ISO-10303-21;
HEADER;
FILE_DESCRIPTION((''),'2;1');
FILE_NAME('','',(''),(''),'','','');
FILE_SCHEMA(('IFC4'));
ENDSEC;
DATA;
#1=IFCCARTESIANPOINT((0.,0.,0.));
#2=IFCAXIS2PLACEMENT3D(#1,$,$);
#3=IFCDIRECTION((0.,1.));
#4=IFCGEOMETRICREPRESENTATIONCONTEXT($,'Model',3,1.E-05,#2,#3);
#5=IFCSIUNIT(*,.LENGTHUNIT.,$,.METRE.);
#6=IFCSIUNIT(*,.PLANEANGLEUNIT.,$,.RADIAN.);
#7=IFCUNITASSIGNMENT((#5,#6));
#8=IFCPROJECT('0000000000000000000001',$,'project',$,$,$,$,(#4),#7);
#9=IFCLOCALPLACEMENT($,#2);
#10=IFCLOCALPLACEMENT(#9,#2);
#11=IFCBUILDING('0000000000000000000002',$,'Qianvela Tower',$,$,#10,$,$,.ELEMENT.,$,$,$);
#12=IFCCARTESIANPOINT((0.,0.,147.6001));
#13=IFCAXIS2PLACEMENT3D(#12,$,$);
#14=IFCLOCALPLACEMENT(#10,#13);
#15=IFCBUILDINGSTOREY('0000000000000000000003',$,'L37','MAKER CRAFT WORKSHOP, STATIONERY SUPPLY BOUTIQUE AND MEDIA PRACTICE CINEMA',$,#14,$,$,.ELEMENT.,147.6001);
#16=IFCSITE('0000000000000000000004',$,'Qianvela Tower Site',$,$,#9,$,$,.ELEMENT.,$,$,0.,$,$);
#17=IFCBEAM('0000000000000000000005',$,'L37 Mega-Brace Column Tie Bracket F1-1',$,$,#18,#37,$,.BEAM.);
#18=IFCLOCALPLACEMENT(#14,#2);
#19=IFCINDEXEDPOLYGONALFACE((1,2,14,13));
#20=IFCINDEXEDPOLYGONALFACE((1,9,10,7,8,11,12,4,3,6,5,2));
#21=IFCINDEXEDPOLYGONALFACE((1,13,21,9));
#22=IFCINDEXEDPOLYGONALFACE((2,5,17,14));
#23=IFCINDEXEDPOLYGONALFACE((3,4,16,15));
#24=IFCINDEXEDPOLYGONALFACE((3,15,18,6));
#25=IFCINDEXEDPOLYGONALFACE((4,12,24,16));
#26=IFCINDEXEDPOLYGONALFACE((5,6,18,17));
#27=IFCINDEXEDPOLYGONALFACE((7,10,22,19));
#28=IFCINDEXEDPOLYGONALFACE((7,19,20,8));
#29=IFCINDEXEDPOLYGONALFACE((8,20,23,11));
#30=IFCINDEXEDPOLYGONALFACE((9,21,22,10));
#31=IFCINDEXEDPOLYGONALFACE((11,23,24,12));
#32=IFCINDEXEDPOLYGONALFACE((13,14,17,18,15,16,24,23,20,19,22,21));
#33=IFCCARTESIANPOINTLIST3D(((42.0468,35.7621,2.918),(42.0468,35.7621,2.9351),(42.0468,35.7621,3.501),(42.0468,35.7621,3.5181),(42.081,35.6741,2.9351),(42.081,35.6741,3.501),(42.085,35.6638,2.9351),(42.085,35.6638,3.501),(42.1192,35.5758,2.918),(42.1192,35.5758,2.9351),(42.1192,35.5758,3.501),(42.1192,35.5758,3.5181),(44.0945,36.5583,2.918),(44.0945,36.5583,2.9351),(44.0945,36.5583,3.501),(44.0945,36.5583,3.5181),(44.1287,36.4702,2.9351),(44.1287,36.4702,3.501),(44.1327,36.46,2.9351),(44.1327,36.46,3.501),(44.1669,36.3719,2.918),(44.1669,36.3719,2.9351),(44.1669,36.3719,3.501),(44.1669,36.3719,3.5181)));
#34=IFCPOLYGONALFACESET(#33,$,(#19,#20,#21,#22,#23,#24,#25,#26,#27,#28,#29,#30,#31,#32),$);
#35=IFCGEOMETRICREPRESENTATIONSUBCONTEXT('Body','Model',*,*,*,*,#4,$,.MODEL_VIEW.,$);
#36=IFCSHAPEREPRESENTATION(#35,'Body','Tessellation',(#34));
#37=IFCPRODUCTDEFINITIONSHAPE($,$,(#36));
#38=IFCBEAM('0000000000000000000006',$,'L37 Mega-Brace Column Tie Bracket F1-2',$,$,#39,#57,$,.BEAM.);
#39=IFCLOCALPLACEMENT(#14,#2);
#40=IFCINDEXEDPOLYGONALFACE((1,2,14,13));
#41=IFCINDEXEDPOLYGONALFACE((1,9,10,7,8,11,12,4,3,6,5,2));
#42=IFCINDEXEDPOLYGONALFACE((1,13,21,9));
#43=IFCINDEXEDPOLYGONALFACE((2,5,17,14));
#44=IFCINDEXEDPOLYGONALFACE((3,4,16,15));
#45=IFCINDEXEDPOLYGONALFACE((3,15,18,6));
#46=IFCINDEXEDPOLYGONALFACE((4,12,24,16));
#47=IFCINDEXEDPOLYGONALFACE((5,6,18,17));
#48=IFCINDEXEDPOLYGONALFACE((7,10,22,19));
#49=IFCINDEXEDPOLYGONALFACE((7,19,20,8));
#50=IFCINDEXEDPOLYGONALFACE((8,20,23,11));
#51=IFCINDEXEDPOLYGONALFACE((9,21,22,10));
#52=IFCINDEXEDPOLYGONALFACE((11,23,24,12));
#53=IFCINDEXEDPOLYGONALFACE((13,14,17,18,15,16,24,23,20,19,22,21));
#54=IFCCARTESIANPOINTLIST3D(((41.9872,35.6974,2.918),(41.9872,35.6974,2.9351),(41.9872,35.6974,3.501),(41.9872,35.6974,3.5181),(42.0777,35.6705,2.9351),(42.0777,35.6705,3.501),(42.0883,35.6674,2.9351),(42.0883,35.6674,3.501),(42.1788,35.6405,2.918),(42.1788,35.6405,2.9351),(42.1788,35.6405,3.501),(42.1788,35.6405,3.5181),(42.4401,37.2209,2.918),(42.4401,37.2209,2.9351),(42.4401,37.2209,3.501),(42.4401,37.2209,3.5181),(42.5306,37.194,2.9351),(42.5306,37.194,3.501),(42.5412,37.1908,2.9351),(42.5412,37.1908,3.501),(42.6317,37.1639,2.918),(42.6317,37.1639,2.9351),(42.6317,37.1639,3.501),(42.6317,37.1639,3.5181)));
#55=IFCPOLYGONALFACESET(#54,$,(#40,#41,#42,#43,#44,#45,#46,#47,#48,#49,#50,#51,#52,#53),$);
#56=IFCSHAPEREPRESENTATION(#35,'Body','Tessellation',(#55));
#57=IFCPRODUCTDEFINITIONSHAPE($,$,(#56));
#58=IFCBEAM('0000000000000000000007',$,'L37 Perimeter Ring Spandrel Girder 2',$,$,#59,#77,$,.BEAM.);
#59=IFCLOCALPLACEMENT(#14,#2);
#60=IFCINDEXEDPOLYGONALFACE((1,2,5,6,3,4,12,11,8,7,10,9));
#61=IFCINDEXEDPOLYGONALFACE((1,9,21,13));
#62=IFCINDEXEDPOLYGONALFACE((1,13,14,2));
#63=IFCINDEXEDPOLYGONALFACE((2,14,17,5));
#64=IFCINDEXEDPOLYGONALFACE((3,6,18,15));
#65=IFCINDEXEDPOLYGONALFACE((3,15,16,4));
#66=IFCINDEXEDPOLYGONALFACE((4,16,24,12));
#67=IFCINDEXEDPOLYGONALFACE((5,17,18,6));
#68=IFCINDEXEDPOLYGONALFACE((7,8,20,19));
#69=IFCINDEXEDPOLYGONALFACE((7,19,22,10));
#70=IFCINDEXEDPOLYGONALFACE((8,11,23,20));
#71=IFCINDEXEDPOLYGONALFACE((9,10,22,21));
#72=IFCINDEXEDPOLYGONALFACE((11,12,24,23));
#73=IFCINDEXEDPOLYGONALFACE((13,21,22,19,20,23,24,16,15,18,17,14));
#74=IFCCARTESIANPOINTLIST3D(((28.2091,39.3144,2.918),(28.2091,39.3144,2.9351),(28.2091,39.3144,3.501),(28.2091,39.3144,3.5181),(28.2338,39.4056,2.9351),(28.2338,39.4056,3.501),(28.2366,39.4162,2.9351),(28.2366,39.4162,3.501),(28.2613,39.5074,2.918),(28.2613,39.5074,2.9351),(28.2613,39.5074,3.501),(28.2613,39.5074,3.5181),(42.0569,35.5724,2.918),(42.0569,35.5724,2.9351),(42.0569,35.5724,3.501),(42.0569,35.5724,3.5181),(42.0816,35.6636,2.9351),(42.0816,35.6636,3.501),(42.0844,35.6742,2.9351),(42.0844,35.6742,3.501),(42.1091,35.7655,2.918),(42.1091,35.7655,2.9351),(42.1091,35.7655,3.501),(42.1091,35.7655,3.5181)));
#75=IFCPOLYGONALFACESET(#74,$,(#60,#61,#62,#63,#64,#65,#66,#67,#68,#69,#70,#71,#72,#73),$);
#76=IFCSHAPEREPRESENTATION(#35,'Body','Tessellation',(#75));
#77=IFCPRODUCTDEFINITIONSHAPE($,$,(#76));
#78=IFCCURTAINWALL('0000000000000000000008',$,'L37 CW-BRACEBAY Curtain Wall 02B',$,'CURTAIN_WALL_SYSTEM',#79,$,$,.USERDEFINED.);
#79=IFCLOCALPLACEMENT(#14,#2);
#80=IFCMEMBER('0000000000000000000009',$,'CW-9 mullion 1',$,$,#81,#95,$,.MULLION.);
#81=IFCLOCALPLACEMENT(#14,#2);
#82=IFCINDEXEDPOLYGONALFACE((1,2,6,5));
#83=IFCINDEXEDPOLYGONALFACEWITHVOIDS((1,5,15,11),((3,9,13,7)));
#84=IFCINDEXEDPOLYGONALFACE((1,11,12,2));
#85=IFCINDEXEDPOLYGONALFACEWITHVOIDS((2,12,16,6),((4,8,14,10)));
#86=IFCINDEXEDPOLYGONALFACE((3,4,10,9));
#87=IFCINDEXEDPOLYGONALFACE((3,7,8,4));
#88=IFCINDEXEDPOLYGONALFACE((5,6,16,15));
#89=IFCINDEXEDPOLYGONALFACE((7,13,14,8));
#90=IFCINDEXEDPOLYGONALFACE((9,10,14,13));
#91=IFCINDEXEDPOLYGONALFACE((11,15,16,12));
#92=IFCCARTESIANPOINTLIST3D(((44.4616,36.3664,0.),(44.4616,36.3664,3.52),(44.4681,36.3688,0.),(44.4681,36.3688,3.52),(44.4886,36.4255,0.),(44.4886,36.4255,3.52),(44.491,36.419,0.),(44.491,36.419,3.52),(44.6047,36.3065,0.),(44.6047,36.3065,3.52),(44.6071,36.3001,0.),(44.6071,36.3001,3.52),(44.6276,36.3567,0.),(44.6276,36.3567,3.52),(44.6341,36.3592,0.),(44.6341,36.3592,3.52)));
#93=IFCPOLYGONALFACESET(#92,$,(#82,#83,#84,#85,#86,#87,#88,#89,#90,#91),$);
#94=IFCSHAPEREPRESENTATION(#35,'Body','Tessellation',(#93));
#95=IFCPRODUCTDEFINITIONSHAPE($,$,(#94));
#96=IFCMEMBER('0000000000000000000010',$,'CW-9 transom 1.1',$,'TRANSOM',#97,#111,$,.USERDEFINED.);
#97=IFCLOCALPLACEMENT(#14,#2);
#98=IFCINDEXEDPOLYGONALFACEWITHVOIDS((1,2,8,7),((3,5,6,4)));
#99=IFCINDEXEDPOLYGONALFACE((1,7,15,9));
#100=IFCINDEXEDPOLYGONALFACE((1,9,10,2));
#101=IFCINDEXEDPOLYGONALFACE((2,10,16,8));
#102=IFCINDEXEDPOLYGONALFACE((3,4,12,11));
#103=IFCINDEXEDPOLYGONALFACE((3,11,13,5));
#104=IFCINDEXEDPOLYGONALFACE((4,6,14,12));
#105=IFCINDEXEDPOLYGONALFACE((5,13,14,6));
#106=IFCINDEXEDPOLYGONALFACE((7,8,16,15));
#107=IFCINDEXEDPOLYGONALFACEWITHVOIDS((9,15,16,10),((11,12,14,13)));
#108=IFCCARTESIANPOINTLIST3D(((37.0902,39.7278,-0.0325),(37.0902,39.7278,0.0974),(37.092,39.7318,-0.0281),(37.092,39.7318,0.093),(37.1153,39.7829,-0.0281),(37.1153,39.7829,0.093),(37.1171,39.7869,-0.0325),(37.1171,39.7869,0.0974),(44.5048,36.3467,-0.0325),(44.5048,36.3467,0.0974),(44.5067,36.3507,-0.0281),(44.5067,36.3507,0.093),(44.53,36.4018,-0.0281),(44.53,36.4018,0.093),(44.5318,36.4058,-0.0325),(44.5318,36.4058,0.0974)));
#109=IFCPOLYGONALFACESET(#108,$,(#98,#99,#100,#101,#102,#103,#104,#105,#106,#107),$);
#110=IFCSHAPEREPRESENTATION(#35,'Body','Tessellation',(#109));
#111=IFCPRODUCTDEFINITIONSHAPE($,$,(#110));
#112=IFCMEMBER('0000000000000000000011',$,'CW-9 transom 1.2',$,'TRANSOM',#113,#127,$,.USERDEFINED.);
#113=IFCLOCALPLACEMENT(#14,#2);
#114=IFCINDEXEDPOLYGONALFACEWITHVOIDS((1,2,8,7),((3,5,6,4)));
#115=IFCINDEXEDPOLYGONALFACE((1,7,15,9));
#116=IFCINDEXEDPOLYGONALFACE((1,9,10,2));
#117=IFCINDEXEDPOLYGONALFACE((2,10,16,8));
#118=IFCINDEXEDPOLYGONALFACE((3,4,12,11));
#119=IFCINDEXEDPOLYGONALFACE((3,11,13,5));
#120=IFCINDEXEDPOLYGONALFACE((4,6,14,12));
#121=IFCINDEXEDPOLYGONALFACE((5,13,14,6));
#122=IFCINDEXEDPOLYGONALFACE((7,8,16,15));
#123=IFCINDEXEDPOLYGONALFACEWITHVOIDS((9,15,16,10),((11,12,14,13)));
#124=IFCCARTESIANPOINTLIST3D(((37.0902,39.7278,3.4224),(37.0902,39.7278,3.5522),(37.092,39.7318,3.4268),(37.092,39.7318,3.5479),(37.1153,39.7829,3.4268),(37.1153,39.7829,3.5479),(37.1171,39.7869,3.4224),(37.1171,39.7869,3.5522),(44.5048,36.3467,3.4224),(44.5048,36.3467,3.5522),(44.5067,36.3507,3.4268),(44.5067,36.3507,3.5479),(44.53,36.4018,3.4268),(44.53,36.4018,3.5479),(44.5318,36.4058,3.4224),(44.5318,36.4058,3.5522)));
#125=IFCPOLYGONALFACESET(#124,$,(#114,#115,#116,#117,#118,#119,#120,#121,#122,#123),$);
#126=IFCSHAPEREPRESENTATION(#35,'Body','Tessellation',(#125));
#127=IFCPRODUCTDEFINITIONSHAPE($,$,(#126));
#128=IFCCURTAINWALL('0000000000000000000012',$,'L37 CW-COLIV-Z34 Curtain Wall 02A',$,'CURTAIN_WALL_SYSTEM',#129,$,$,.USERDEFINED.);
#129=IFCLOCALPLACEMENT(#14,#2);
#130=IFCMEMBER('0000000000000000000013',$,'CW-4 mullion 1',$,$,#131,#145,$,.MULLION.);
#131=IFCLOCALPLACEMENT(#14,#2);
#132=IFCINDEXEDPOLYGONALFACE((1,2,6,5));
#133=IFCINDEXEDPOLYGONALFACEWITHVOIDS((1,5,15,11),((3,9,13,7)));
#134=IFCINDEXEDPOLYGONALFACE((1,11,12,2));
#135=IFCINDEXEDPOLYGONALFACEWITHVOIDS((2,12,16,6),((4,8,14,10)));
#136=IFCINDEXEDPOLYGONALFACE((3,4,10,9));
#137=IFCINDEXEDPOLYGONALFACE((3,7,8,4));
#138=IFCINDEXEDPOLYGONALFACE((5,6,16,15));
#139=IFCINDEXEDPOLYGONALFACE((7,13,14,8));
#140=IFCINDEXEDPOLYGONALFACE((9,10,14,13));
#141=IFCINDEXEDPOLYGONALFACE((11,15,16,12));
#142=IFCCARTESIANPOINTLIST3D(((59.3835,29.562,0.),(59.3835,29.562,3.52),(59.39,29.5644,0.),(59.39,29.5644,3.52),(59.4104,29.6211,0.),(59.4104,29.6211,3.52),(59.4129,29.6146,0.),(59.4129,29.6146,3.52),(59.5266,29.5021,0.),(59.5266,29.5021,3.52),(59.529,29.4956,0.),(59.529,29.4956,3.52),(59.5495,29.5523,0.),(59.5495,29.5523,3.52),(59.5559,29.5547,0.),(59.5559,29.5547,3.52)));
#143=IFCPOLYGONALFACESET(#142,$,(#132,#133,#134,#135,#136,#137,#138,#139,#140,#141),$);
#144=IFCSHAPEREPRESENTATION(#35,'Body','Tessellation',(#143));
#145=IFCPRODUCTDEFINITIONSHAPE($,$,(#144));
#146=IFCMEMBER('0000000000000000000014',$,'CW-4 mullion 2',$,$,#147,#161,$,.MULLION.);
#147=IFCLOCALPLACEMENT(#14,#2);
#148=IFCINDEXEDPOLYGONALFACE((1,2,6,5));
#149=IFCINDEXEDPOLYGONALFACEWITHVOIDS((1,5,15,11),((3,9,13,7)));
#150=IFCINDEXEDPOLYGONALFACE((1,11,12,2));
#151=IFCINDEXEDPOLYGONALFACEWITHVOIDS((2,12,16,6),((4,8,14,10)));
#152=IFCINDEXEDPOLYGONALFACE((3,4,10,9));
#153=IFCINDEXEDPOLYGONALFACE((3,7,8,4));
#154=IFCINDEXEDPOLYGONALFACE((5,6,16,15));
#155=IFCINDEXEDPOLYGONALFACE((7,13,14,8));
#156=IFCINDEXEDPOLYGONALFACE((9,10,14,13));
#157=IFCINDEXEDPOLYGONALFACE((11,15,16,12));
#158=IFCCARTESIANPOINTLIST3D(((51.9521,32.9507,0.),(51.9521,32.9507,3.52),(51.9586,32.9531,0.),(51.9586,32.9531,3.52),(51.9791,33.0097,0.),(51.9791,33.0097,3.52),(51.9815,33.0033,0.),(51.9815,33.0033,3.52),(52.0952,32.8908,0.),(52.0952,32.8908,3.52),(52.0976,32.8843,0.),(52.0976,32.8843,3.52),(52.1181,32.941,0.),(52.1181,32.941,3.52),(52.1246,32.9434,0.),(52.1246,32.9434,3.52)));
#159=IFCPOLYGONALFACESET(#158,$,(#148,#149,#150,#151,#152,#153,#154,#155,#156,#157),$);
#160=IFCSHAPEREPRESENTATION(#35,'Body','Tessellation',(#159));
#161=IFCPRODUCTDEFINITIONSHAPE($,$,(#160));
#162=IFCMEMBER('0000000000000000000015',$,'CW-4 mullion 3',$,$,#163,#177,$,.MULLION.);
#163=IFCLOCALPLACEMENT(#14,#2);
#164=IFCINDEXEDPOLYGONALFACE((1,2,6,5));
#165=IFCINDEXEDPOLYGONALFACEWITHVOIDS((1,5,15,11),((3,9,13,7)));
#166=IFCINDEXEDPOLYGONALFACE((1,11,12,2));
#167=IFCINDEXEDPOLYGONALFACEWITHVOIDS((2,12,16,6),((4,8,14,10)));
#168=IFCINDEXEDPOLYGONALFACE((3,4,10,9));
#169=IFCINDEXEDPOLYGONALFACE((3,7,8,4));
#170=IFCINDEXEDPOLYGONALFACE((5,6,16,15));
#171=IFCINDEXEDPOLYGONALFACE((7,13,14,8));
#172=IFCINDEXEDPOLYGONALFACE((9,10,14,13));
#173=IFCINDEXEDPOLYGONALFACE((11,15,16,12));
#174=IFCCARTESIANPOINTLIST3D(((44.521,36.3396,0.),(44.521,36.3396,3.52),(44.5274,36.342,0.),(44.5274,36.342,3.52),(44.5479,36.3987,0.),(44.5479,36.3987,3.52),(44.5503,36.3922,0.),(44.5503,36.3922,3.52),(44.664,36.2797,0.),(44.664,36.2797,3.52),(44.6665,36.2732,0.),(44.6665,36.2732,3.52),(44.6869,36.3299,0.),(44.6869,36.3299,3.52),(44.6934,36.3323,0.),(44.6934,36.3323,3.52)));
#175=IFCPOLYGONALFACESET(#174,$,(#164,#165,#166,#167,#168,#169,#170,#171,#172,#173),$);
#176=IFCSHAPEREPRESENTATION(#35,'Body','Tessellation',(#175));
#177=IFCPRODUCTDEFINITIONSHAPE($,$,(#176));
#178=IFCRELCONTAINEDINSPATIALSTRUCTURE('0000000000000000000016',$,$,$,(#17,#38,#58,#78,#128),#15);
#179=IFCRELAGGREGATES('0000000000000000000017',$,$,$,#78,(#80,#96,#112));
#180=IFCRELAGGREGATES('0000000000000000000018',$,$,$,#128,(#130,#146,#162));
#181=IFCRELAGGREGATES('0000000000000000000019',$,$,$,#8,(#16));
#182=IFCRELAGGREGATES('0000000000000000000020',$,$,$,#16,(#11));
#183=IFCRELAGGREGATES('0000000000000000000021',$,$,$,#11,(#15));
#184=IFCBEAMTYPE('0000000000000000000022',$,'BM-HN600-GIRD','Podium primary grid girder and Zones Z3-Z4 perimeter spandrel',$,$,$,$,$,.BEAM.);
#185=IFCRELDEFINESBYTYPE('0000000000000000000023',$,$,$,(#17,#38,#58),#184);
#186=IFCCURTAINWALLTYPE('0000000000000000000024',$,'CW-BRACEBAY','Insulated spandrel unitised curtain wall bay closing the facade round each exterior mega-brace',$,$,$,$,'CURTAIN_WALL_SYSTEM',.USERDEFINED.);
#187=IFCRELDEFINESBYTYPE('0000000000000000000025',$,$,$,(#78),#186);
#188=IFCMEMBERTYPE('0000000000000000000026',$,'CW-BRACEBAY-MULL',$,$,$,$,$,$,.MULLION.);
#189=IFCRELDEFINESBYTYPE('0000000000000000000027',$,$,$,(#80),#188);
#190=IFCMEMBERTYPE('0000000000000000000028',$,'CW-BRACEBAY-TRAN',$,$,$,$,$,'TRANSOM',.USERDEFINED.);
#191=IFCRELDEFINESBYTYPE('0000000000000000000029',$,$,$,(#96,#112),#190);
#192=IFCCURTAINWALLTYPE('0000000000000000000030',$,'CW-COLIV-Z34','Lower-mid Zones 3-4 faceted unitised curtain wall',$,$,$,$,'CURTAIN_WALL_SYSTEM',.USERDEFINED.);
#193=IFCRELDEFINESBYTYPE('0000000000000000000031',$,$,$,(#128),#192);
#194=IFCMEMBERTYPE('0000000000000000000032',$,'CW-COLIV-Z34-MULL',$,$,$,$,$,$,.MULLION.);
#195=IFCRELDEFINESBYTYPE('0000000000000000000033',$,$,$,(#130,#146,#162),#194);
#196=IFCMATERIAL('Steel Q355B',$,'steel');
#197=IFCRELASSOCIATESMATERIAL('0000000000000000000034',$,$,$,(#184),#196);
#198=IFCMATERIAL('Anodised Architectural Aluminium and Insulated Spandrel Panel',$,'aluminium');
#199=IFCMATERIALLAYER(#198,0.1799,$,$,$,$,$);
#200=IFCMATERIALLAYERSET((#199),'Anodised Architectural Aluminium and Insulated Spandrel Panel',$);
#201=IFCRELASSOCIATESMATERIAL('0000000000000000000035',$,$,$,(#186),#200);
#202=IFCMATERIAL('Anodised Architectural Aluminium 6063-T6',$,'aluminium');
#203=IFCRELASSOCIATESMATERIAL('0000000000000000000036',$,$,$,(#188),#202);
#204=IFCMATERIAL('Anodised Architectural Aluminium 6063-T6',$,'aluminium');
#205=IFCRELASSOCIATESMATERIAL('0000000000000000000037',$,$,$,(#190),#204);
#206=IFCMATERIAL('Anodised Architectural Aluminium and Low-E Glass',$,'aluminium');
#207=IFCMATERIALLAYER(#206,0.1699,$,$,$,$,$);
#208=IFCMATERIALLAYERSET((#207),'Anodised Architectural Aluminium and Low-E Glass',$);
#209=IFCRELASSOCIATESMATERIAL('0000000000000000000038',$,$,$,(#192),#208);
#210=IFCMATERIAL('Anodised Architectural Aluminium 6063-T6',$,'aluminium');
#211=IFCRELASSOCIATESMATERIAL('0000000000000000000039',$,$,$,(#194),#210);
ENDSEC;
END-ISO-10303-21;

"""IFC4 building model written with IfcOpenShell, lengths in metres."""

from ifc_helpers import new_model, si_unit, direction, frame, origin, origin_2d, place, context, subcontext, project, spatial, hollow_rectangle, i_section, extrude, material, layer, layer_set, material_profile, profile_set, type_object, element, aggregate, save


model = new_model("IFC4")

# Units and contexts
model_context = context("Model", 3, precision=1e-05, world=origin(), true_north=direction((0.0, 1.0)))
body_context = subcontext(model_context, "Body", "Model", "MODEL_VIEW")
ifc_project = project(units=[si_unit("LENGTHUNIT", "METRE"), si_unit("PLANEANGLEUNIT", "RADIAN")], contexts=[model_context])

# Site, building, storey
site_placement = place(None, origin())
site = spatial("IfcSite", under=ifc_project, at=site_placement, Name="Qianvela Tower Site", CompositionType="ELEMENT", RefElevation=0.0)
building_placement = place(site_placement, origin())
building = spatial("IfcBuilding", under=site, at=building_placement, Name="Qianvela Tower", CompositionType="ELEMENT")
storey_placement = place(building_placement, frame((0.0, 0.0, 147.6001)))
storey = spatial("IfcBuildingStorey", under=building, at=storey_placement, Name="L37", Description="MAKER CRAFT WORKSHOP, STATIONERY SUPPLY BOUTIQUE AND MEDIA PRACTICE CINEMA", CompositionType="ELEMENT", Elevation=147.6001)

# Beams
ifc_material_1 = material(Name="Steel Q355B", Category="steel")
ifc_material_profile_1 = material_profile(ifc_material_1, i_section(OverallWidth=0.2, OverallDepth=0.6001, WebThickness=0.011, FlangeThickness=0.0171, at=origin_2d()), Name="HN600x200x11x17")
ifc_profile_set_1 = profile_set([ifc_material_profile_1], Name="Steel Q355B")
beam_type = type_object("IfcBeamType", Name="BM-HN600-GIRD", Description="Podium primary grid girder and Zones Z3-Z4 perimeter spandrel", PredefinedType="BEAM", material=ifc_profile_set_1)
beam_1_placement = place(storey_placement, frame((42.083, 35.6689, 3.218), z_axis=(0.932028, 0.362387, 0.0), x_axis=(-0.362387, 0.932028, 0.0)))
element("IfcBeam", 1, at=beam_1_placement, inside=storey, type_object=beam_type, Name="L37 Mega-Brace Column Tie Bracket F1-1", PredefinedType="BEAM", context=body_context, shape_type="SweptSolid", body=[
    extrude(i_section(OverallWidth=0.2, OverallDepth=0.6001, WebThickness=0.011, FlangeThickness=0.0171, at=origin_2d()), origin(), (0.0, 0.0, 1.0), 2.197),
])
beam_2_placement = place(storey_placement, frame((42.083, 35.6689, 3.218), z_axis=(0.284951, 0.958542, 0.0), x_axis=(-0.958542, 0.284951, 0.0)))
element("IfcBeam", 2, at=beam_2_placement, inside=storey, type_object=beam_type, Name="L37 Mega-Brace Column Tie Bracket F1-2", PredefinedType="BEAM", context=body_context, shape_type="SweptSolid", body=[
    extrude(i_section(OverallWidth=0.2, OverallDepth=0.6001, WebThickness=0.011, FlangeThickness=0.0171, at=origin_2d()), origin(), (0.0, 0.0, 1.0), 1.5894),
])
beam_3_placement = place(storey_placement, frame((42.083, 35.6689, 3.218), z_axis=(-0.965376, 0.260861, 0.0), x_axis=(-0.260861, -0.965376, 0.0)))
element("IfcBeam", 3, at=beam_3_placement, inside=storey, type_object=beam_type, Name="L37 Perimeter Ring Spandrel Girder 2", PredefinedType="BEAM", context=body_context, shape_type="SweptSolid", body=[
    extrude(i_section(OverallWidth=0.2, OverallDepth=0.6001, WebThickness=0.011, FlangeThickness=0.0171, at=origin_2d()), origin(), (0.0, 0.0, 1.0), 14.3445),
])

# Curtain walls, members
ifc_material_2 = material(Name="Anodised Architectural Aluminium and Insulated Spandrel Panel", Category="aluminium")
ifc_layer_1 = layer(ifc_material_2, 0.1799)
ifc_layer_set_1 = layer_set([ifc_layer_1], Name="Anodised Architectural Aluminium and Insulated Spandrel Panel")
curtain_wall_type_1 = type_object("IfcCurtainWallType", Name="CW-BRACEBAY", Description="Insulated spandrel unitised curtain wall bay closing the facade round each exterior mega-brace", ElementType="CURTAIN_WALL_SYSTEM", PredefinedType="USERDEFINED", material=ifc_layer_set_1)
curtain_wall_1_placement = place(storey_placement, origin())
curtain_wall_1 = element("IfcCurtainWall", 4, at=curtain_wall_1_placement, inside=storey, type_object=curtain_wall_type_1, Name="L37 CW-BRACEBAY Curtain Wall 02B", ObjectType="CURTAIN_WALL_SYSTEM", PredefinedType="USERDEFINED")
ifc_material_3 = material(Name="Anodised Architectural Aluminium 6063-T6", Category="aluminium")
ifc_material_profile_2 = material_profile(ifc_material_3, hollow_rectangle(XDim=0.0649, YDim=0.1599, WallThickness=0.0049, at=origin_2d()), Name="ALU-MULL-65x160")
ifc_profile_set_2 = profile_set([ifc_material_profile_2], Name="Anodised Architectural Aluminium 6063-T6")
member_type_1 = type_object("IfcMemberType", Name="CW-BRACEBAY-MULL", PredefinedType="MULLION", material=ifc_profile_set_2)
member_1_placement = place(storey_placement, frame((44.5479, 36.3628, 0.0), z_axis=(0.0, 0.0, 1.0), x_axis=(-0.414907, -0.909864, 0.0)))
member_1 = element("IfcMember", 5, at=member_1_placement, type_object=member_type_1, Name="CW-9 mullion 1", PredefinedType="MULLION", context=body_context, shape_type="SweptSolid", body=[
    extrude(hollow_rectangle(XDim=0.0649, YDim=0.1599, WallThickness=0.0049, at=origin_2d()), origin(), (0.0, 0.0, 1.0), 3.52),
])
ifc_material_4 = material(Name="Anodised Architectural Aluminium 6063-T6", Category="aluminium")
ifc_material_profile_3 = material_profile(ifc_material_4, hollow_rectangle(XDim=0.0649, YDim=0.1299, WallThickness=0.0044, at=origin_2d()), Name="ALU-TRAN-65x130")
ifc_profile_set_3 = profile_set([ifc_material_profile_3], Name="Anodised Architectural Aluminium 6063-T6")
member_type_2 = type_object("IfcMemberType", Name="CW-BRACEBAY-TRAN", ElementType="TRANSOM", PredefinedType="USERDEFINED", material=ifc_profile_set_3)
member_2_placement = place(storey_placement, frame((44.5183, 36.3762, 0.0325), z_axis=(-0.909864, 0.414906, 0.0), x_axis=(-0.414906, -0.909864, 0.0)))
member_2 = element("IfcMember", 6, at=member_2_placement, type_object=member_type_2, Name="CW-9 transom 1.1", ObjectType="TRANSOM", PredefinedType="USERDEFINED", context=body_context, shape_type="SweptSolid", body=[
    extrude(hollow_rectangle(XDim=0.0649, YDim=0.1299, WallThickness=0.0044, at=origin_2d()), origin(), (0.0, 0.0, 1.0), 8.1492),
])
member_3_placement = place(storey_placement, frame((44.5183, 36.3762, 3.4873), z_axis=(-0.909864, 0.414906, 0.0), x_axis=(-0.414906, -0.909864, 0.0)))
member_3 = element("IfcMember", 7, at=member_3_placement, type_object=member_type_2, Name="CW-9 transom 1.2", ObjectType="TRANSOM", PredefinedType="USERDEFINED", context=body_context, shape_type="SweptSolid", body=[
    extrude(hollow_rectangle(XDim=0.0649, YDim=0.1299, WallThickness=0.0044, at=origin_2d()), origin(), (0.0, 0.0, 1.0), 8.1492),
])
ifc_material_5 = material(Name="Anodised Architectural Aluminium and Low-E Glass", Category="aluminium")
ifc_layer_2 = layer(ifc_material_5, 0.1699)
ifc_layer_set_2 = layer_set([ifc_layer_2], Name="Anodised Architectural Aluminium and Low-E Glass")
curtain_wall_type_2 = type_object("IfcCurtainWallType", Name="CW-COLIV-Z34", Description="Lower-mid Zones 3-4 faceted unitised curtain wall", ElementType="CURTAIN_WALL_SYSTEM", PredefinedType="USERDEFINED", material=ifc_layer_set_2)
curtain_wall_2_placement = place(storey_placement, origin())
curtain_wall_2 = element("IfcCurtainWall", 8, at=curtain_wall_2_placement, inside=storey, type_object=curtain_wall_type_2, Name="L37 CW-COLIV-Z34 Curtain Wall 02A", ObjectType="CURTAIN_WALL_SYSTEM", PredefinedType="USERDEFINED")
ifc_material_6 = material(Name="Anodised Architectural Aluminium 6063-T6", Category="aluminium")
ifc_material_profile_4 = material_profile(ifc_material_6, hollow_rectangle(XDim=0.0649, YDim=0.1599, WallThickness=0.0049, at=origin_2d()), Name="ALU-MULL-65x160")
ifc_profile_set_4 = profile_set([ifc_material_profile_4], Name="Anodised Architectural Aluminium 6063-T6")
member_type_3 = type_object("IfcMemberType", Name="CW-COLIV-Z34-MULL", PredefinedType="MULLION", material=ifc_profile_set_4)
member_4_placement = place(storey_placement, frame((59.4697, 29.5583, 0.0), z_axis=(0.0, 0.0, 1.0), x_axis=(-0.414902, -0.909866, 0.0)))
member_4 = element("IfcMember", 9, at=member_4_placement, type_object=member_type_3, Name="CW-4 mullion 1", PredefinedType="MULLION", context=body_context, shape_type="SweptSolid", body=[
    extrude(hollow_rectangle(XDim=0.0649, YDim=0.1599, WallThickness=0.0049, at=origin_2d()), origin(), (0.0, 0.0, 1.0), 3.52),
])
member_5_placement = place(storey_placement, frame((52.0383, 32.947, 0.0), z_axis=(0.0, 0.0, 1.0), x_axis=(-0.414902, -0.909866, 0.0)))
member_5 = element("IfcMember", 10, at=member_5_placement, type_object=member_type_3, Name="CW-4 mullion 2", PredefinedType="MULLION", context=body_context, shape_type="SweptSolid", body=[
    extrude(hollow_rectangle(XDim=0.0649, YDim=0.1599, WallThickness=0.0049, at=origin_2d()), origin(), (0.0, 0.0, 1.0), 3.52),
])
member_6_placement = place(storey_placement, frame((44.6072, 36.3359, 0.0), z_axis=(0.0, 0.0, 1.0), x_axis=(-0.414902, -0.909866, 0.0)))
member_6 = element("IfcMember", 11, at=member_6_placement, type_object=member_type_3, Name="CW-4 mullion 3", PredefinedType="MULLION", context=body_context, shape_type="SweptSolid", body=[
    extrude(hollow_rectangle(XDim=0.0649, YDim=0.1599, WallThickness=0.0049, at=origin_2d()), origin(), (0.0, 0.0, 1.0), 3.52),
])

aggregate(curtain_wall_1, [member_1, member_2, member_3])
aggregate(curtain_wall_2, [member_4, member_5, member_6])

save(model, "model.ifc")
